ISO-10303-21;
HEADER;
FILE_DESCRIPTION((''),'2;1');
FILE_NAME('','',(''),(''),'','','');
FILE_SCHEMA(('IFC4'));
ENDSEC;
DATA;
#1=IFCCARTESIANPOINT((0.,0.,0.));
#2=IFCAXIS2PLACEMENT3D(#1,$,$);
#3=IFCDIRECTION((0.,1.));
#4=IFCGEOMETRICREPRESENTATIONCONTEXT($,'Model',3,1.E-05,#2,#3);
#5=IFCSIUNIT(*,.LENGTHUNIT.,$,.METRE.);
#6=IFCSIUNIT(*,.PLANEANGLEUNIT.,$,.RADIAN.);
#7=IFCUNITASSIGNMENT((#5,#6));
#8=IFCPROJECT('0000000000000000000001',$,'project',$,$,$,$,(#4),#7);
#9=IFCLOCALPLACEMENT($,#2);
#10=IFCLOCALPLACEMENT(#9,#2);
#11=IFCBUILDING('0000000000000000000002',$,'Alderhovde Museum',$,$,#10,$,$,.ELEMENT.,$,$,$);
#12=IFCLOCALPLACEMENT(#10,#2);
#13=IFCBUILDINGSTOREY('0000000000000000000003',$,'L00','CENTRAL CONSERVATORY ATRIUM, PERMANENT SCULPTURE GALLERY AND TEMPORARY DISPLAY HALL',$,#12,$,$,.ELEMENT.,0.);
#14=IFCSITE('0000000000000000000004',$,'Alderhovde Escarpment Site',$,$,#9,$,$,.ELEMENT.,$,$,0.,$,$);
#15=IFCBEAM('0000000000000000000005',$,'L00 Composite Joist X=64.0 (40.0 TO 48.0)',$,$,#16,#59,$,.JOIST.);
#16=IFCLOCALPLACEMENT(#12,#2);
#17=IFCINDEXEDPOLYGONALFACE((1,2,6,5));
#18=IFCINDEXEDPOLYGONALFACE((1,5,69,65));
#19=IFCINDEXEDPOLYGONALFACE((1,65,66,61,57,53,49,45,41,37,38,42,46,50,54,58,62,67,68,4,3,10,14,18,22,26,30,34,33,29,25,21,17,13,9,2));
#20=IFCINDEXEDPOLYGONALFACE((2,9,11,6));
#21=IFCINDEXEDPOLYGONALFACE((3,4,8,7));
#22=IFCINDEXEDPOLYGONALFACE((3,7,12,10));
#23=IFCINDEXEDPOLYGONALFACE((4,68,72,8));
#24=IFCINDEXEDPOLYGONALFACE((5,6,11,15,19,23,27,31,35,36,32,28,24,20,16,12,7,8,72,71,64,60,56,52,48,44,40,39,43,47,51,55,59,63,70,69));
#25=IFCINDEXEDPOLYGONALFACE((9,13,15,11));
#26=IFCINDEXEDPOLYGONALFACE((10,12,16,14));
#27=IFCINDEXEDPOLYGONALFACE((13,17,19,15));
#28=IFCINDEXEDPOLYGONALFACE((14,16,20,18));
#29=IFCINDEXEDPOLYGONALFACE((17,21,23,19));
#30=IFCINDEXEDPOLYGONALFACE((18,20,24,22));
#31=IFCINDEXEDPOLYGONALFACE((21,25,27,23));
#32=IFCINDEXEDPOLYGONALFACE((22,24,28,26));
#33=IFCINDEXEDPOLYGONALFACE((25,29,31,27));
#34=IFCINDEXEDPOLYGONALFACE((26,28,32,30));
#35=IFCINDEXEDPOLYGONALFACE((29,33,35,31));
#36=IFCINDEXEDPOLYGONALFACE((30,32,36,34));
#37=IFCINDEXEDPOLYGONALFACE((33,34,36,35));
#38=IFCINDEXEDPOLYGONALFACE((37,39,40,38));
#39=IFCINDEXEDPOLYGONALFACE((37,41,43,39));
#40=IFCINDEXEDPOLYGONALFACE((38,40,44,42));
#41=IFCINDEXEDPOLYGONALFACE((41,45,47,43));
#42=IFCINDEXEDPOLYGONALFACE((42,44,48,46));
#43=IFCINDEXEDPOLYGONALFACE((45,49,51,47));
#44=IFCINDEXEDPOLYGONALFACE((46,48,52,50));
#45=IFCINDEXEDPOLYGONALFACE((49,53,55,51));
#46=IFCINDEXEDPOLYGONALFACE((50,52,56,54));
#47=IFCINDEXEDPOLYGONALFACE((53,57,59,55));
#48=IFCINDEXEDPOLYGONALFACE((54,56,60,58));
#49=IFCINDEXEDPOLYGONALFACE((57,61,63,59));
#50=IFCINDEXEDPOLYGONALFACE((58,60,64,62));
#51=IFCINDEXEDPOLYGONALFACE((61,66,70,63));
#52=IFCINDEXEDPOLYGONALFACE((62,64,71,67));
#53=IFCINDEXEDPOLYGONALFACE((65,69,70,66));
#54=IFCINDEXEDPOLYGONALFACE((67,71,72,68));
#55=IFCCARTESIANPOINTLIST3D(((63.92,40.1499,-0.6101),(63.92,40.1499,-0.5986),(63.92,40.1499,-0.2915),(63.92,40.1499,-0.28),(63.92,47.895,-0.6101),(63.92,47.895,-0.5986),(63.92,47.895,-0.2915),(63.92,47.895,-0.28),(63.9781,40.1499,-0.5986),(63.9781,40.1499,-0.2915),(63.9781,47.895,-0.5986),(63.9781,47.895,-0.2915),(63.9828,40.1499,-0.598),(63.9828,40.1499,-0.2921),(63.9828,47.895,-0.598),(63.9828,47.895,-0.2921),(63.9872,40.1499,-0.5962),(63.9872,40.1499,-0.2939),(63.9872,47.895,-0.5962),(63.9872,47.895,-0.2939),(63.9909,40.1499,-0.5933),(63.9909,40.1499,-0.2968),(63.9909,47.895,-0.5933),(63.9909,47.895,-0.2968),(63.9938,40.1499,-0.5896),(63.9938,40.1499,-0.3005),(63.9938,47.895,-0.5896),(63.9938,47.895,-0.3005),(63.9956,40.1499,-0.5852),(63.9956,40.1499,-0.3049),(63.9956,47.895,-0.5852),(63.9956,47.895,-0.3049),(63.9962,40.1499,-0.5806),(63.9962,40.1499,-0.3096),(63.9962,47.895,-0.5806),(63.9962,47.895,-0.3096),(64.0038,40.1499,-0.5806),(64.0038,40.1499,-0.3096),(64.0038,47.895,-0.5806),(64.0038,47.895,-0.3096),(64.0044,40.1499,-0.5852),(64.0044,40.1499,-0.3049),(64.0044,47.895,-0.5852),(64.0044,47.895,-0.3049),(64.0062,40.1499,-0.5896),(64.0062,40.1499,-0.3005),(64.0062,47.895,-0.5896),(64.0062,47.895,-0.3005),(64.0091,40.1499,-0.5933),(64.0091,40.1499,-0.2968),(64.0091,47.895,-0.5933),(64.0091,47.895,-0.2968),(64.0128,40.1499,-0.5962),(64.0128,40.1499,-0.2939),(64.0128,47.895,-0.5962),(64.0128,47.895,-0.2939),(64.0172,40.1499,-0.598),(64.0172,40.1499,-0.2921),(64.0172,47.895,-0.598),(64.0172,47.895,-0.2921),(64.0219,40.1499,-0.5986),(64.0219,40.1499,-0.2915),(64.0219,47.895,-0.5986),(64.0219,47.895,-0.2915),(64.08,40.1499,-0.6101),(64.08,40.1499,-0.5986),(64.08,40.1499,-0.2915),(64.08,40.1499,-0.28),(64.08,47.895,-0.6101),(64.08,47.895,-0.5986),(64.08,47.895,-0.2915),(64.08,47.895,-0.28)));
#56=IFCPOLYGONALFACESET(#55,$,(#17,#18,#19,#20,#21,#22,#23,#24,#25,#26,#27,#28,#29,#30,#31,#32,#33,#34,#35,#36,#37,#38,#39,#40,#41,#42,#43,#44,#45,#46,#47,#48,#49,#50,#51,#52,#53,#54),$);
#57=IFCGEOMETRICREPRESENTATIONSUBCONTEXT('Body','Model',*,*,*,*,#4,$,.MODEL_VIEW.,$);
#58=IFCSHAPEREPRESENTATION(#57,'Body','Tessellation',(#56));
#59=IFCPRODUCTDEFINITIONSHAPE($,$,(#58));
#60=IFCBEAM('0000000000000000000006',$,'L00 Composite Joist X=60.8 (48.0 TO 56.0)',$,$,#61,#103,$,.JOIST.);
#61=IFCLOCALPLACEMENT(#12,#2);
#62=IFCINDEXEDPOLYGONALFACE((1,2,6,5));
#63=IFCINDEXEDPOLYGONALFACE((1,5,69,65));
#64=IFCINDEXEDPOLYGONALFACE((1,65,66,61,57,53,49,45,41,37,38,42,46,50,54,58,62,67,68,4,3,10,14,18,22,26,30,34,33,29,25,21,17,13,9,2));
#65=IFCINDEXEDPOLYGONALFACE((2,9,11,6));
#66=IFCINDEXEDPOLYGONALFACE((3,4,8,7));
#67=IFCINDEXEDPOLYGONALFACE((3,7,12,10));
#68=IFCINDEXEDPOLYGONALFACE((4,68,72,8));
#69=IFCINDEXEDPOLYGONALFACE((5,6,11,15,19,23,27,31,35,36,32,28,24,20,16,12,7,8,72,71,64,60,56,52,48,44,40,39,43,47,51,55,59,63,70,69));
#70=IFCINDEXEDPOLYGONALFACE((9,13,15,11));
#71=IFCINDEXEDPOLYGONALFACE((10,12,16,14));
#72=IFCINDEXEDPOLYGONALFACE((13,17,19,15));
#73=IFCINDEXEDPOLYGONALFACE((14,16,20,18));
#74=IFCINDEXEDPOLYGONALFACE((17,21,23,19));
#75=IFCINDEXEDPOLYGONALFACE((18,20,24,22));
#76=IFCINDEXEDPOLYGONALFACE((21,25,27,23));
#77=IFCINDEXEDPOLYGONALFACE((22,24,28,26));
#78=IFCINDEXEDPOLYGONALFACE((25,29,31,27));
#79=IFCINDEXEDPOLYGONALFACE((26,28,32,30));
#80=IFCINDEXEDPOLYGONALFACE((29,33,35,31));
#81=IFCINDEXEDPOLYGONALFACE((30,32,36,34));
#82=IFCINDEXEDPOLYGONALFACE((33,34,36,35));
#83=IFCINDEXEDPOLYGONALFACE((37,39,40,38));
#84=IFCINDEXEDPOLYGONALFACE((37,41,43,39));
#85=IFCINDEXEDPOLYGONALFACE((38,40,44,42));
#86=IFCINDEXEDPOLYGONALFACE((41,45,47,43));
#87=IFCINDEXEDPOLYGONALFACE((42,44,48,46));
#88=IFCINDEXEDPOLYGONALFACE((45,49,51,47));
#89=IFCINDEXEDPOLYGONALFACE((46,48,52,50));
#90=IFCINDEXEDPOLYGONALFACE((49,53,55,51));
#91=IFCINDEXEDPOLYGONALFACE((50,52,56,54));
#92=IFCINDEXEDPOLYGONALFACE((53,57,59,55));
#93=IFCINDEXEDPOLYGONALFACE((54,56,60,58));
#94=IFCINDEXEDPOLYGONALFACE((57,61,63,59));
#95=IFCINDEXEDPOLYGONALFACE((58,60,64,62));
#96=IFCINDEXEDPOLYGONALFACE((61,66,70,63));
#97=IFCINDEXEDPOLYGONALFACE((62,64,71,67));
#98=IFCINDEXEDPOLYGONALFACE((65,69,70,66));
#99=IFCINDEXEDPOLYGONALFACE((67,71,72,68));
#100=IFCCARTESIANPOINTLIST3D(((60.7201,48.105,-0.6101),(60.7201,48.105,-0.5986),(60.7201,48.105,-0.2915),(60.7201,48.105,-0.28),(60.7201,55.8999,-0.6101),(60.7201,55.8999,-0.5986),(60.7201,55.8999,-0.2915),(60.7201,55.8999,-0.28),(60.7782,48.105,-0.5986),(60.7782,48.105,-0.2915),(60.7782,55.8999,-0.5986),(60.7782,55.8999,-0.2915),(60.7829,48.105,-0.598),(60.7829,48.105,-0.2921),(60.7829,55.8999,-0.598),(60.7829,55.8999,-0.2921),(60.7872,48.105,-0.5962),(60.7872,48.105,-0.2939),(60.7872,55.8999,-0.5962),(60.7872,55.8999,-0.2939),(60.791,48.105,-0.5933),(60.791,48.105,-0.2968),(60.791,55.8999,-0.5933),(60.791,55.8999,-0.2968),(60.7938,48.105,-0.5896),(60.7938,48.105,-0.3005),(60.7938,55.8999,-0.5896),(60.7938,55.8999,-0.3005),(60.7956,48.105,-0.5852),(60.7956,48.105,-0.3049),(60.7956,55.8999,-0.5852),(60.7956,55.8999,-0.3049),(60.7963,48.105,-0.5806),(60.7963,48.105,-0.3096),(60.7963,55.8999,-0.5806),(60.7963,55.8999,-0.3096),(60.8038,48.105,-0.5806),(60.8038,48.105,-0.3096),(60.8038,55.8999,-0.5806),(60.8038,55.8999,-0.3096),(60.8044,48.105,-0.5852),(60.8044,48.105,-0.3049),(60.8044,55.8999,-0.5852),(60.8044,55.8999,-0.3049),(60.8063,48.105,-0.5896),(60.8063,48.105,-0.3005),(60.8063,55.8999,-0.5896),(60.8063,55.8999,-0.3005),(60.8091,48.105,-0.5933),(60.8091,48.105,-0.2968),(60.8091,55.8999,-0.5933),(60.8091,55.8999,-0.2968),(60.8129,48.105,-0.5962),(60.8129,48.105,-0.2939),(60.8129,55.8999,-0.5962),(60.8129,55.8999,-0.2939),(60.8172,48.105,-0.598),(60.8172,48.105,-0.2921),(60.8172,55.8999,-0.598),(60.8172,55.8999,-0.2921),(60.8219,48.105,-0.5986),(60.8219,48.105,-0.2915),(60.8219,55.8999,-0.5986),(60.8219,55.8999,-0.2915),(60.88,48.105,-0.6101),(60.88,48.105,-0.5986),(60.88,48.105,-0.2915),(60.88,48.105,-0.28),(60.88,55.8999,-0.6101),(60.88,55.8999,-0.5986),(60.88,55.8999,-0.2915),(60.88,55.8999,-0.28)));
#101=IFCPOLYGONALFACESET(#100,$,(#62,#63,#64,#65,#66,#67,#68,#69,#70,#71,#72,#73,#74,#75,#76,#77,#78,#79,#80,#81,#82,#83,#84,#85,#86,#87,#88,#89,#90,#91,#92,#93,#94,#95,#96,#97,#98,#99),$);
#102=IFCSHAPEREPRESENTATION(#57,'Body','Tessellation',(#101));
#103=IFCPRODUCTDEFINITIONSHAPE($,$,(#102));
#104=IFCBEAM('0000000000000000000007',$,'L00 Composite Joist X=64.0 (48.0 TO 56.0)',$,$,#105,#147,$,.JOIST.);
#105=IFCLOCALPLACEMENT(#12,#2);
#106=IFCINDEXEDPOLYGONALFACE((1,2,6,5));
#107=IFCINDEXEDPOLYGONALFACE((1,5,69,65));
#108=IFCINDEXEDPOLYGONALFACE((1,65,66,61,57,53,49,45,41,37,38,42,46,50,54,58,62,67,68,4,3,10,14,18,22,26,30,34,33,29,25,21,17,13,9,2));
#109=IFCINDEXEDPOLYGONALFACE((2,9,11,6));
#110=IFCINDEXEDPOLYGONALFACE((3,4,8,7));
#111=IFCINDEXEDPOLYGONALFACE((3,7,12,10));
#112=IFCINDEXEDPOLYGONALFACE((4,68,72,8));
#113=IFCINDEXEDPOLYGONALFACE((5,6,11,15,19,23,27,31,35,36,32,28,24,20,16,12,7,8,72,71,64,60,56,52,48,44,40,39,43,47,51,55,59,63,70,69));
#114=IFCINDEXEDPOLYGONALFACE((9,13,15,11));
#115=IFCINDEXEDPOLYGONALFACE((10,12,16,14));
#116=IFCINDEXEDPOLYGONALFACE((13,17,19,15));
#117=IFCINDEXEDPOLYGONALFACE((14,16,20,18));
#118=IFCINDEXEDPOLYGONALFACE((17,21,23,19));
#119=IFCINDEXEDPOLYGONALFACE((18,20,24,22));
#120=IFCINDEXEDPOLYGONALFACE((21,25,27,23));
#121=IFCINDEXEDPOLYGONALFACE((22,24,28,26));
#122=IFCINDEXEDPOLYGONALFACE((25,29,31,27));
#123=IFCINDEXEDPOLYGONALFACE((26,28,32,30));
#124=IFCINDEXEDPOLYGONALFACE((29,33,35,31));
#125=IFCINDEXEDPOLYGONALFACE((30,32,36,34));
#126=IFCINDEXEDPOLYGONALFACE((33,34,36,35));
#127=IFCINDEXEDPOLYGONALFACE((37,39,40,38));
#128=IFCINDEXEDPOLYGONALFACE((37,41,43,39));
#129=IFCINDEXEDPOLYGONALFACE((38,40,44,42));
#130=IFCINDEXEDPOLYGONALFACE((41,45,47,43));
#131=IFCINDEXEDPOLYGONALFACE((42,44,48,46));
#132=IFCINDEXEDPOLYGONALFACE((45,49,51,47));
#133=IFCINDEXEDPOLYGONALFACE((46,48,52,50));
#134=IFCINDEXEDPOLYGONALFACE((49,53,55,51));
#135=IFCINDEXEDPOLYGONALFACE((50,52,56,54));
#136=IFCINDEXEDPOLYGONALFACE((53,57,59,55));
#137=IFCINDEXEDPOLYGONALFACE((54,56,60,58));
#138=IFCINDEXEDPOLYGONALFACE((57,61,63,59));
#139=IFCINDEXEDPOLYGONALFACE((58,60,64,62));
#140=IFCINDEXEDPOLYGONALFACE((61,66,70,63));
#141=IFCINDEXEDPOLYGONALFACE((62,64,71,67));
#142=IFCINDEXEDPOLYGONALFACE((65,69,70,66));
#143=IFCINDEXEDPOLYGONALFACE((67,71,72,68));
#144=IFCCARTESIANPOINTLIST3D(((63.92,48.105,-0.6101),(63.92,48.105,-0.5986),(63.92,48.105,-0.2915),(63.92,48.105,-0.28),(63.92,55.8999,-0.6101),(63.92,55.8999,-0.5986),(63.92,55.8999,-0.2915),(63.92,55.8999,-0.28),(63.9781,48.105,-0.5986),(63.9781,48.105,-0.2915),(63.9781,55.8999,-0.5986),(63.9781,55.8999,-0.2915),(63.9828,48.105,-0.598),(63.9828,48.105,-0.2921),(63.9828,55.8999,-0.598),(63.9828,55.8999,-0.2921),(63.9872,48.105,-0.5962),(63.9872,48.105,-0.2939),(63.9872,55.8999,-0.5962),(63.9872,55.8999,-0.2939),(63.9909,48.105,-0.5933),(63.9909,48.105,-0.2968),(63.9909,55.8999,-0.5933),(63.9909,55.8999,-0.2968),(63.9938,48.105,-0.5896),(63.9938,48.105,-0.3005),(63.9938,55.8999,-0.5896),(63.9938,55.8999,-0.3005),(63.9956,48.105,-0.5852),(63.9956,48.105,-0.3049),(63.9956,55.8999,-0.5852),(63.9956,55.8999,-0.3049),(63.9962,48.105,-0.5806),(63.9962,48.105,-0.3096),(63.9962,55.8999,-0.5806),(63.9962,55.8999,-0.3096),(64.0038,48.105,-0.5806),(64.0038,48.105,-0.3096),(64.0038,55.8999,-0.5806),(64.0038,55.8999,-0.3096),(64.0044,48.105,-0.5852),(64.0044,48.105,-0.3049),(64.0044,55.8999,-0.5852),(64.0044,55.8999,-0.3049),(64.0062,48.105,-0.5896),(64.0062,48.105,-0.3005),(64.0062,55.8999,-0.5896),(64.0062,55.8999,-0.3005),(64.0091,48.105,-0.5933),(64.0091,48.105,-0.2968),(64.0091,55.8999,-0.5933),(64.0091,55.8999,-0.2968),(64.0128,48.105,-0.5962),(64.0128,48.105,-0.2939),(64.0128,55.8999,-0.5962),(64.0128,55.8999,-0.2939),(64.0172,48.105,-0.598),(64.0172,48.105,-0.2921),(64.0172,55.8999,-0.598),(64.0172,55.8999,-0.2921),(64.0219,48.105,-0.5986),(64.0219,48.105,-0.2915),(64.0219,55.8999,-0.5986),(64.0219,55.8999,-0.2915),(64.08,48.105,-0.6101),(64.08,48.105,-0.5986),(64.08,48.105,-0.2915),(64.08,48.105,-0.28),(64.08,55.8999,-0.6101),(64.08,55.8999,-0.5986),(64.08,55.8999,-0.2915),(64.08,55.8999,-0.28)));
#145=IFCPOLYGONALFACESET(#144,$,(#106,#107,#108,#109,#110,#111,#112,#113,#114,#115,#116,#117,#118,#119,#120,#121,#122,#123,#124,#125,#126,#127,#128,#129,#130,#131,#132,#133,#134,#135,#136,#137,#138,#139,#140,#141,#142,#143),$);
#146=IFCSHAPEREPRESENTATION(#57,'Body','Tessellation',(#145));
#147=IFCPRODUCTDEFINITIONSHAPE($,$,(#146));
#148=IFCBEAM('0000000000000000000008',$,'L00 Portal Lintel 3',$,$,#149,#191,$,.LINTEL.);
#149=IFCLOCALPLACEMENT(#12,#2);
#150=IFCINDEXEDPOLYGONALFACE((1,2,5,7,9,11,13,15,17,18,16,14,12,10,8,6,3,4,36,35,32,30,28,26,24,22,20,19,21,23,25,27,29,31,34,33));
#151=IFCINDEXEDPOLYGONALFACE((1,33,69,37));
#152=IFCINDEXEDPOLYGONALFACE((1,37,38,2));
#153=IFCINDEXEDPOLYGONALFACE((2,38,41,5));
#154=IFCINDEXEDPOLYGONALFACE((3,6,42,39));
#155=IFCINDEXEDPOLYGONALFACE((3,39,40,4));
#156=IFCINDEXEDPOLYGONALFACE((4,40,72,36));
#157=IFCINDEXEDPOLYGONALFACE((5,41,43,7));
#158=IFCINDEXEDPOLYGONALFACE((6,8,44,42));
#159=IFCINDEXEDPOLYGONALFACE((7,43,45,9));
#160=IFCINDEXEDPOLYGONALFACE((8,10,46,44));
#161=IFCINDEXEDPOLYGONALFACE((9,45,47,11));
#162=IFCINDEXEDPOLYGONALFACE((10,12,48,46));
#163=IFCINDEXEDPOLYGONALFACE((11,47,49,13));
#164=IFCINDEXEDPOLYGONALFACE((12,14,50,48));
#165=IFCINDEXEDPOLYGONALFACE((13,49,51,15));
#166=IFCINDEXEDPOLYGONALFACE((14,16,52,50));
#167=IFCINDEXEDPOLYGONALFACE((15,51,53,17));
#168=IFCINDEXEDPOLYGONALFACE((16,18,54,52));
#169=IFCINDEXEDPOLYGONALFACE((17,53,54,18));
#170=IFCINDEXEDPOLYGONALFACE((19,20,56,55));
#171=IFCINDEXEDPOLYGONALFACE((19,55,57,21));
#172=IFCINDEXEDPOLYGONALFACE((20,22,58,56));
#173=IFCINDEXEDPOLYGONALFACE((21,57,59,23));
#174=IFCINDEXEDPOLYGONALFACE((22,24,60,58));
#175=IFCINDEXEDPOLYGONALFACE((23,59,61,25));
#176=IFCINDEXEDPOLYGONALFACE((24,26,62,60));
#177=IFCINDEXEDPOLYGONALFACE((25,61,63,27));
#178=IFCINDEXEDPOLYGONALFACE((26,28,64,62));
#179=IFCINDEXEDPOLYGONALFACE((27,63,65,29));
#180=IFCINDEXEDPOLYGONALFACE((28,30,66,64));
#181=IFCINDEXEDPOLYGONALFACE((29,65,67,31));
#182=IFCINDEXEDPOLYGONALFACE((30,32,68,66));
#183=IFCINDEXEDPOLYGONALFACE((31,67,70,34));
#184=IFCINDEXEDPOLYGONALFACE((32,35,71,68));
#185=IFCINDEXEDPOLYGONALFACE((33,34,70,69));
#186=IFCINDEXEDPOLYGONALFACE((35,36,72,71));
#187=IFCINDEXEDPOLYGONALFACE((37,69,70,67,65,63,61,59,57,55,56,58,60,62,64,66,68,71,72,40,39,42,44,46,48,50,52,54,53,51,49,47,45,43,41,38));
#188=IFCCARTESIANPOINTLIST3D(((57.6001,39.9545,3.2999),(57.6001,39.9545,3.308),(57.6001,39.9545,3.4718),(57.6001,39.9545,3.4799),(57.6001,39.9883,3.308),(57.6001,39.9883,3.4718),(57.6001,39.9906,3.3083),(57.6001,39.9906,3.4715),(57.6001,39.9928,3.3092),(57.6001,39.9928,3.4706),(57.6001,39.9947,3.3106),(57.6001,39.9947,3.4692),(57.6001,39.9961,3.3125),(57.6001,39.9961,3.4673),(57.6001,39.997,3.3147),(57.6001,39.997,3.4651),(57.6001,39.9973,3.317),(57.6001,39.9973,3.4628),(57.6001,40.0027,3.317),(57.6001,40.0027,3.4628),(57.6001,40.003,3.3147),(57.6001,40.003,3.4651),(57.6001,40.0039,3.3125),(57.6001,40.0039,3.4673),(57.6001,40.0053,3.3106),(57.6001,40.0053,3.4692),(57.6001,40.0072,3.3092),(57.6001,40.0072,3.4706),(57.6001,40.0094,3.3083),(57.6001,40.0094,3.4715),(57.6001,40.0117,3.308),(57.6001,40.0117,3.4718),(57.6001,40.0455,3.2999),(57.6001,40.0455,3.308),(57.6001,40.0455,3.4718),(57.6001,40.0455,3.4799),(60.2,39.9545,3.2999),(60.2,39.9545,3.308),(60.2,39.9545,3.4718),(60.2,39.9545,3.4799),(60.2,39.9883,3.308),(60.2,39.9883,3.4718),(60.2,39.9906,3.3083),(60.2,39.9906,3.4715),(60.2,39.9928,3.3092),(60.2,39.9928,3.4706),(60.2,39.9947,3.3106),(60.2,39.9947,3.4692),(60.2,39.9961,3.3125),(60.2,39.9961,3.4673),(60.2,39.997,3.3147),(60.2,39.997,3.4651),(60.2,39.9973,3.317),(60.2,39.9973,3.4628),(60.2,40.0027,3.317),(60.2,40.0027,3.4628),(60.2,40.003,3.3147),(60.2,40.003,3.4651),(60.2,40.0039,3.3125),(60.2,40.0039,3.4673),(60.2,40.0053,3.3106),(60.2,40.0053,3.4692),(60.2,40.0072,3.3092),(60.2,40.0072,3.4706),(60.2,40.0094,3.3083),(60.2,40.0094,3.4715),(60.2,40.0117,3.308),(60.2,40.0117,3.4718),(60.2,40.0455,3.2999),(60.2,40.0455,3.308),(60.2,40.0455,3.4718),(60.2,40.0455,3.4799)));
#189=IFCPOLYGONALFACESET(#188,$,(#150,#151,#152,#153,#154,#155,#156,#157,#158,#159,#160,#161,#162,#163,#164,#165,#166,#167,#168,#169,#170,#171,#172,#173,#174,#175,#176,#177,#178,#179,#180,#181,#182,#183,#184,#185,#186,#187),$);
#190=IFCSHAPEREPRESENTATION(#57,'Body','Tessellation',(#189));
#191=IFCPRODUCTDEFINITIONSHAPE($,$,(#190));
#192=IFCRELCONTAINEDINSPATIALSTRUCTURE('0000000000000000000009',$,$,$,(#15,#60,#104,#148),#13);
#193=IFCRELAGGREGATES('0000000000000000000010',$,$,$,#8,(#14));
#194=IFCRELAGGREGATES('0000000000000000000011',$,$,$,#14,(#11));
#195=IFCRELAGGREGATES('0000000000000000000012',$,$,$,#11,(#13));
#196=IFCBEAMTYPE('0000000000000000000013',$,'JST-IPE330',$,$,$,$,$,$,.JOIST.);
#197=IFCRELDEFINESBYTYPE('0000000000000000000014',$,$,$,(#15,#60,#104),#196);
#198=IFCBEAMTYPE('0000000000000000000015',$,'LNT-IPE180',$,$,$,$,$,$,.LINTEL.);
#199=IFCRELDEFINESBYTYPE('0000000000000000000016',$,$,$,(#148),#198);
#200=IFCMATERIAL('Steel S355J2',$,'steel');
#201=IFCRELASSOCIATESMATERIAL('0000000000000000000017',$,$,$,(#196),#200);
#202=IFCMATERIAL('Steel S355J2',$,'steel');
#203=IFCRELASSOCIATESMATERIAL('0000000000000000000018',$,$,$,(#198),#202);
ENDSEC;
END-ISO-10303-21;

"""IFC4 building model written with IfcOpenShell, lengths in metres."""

from ifc_helpers import new_model, si_unit, direction, frame, origin, origin_2d, place, context, subcontext, project, spatial, i_section, extrude, material, material_profile, profile_set, type_object, element, save


model = new_model("IFC4")

# Units and contexts
model_context = context("Model", 3, precision=1e-05, world=origin(), true_north=direction((0.0, 1.0)))
body_context = subcontext(model_context, "Body", "Model", "MODEL_VIEW")
ifc_project = project(units=[si_unit("LENGTHUNIT", "METRE"), si_unit("PLANEANGLEUNIT", "RADIAN")], contexts=[model_context])

# Site, building, storey
site_placement = place(None, origin())
site = spatial("IfcSite", under=ifc_project, at=site_placement, Name="Alderhovde Escarpment Site", CompositionType="ELEMENT", RefElevation=0.0)
building_placement = place(site_placement, origin())
building = spatial("IfcBuilding", under=site, at=building_placement, Name="Alderhovde Museum", CompositionType="ELEMENT")
storey_placement = place(building_placement, origin())
storey = spatial("IfcBuildingStorey", under=building, at=storey_placement, Name="L00", Description="CENTRAL CONSERVATORY ATRIUM, PERMANENT SCULPTURE GALLERY AND TEMPORARY DISPLAY HALL", CompositionType="ELEMENT", Elevation=0.0)

# Beams
ifc_material_1 = material(Name="Steel S355J2", Category="steel")
ifc_material_profile_1 = material_profile(ifc_material_1, i_section(OverallWidth=0.1599, OverallDepth=0.3301, WebThickness=0.0076, FlangeThickness=0.0115, FilletRadius=0.0181, at=origin_2d()), Name="IPE 330")
ifc_profile_set_1 = profile_set([ifc_material_profile_1], Name="Steel S355J2")
beam_type_1 = type_object("IfcBeamType", Name="JST-IPE330", PredefinedType="JOIST", material=ifc_profile_set_1)
for number, where, z_axis, x_axis, name in (
    (1, (64.0, 40.1499, -0.4451), (0.0, 1.0, 0.0), (-1.0, 0.0, 0.0), "L00 Composite Joist X=64.0 (40.0 TO 48.0)"),
):
    element("IfcBeam", number, at=place(storey_placement, frame(where, z_axis=z_axis, x_axis=x_axis)), inside=storey, type_object=beam_type_1, Name=name, PredefinedType="JOIST", context=body_context, shape_type="SweptSolid", body=[
        extrude(i_section(OverallWidth=0.1599, OverallDepth=0.3301, WebThickness=0.0076, FlangeThickness=0.0115, FilletRadius=0.0181, at=origin_2d()), origin(), (0.0, 0.0, 1.0), 7.7451),
    ])
for number, where, z_axis, x_axis, name in (
    (2, (60.8, 48.105, -0.4451), (0.0, 1.0, 0.0), (-1.0, 0.0, 0.0), "L00 Composite Joist X=60.8 (48.0 TO 56.0)"),
    (3, (64.0, 48.105, -0.4451), (0.0, 1.0, 0.0), (-1.0, 0.0, 0.0), "L00 Composite Joist X=64.0 (48.0 TO 56.0)"),
):
    element("IfcBeam", number, at=place(storey_placement, frame(where, z_axis=z_axis, x_axis=x_axis)), inside=storey, type_object=beam_type_1, Name=name, PredefinedType="JOIST", context=body_context, shape_type="SweptSolid", body=[
        extrude(i_section(OverallWidth=0.1599, OverallDepth=0.3301, WebThickness=0.0076, FlangeThickness=0.0115, FilletRadius=0.0181, at=origin_2d()), origin(), (0.0, 0.0, 1.0), 7.7949),
    ])
ifc_material_2 = material(Name="Steel S355J2", Category="steel")
ifc_material_profile_2 = material_profile(ifc_material_2, i_section(OverallWidth=0.0911, OverallDepth=0.1799, WebThickness=0.0054, FlangeThickness=0.0081, FilletRadius=0.009, at=origin_2d()), Name="IPE 180")
ifc_profile_set_2 = profile_set([ifc_material_profile_2], Name="Steel S355J2")
beam_type_2 = type_object("IfcBeamType", Name="LNT-IPE180", PredefinedType="LINTEL", material=ifc_profile_set_2)
beam_1_placement = place(storey_placement, frame((57.6001, 40.0, 3.3899), z_axis=(1.0, 0.0, 0.0), x_axis=(0.0, 1.0, 0.0)))
element("IfcBeam", 4, at=beam_1_placement, inside=storey, type_object=beam_type_2, Name="L00 Portal Lintel 3", PredefinedType="LINTEL", context=body_context, shape_type="SweptSolid", body=[
    extrude(i_section(OverallWidth=0.0911, OverallDepth=0.1799, WebThickness=0.0054, FlangeThickness=0.0081, FilletRadius=0.009, at=origin_2d()), origin(), (0.0, 0.0, 1.0), 2.5999),
])

save(model, "model.ifc")
